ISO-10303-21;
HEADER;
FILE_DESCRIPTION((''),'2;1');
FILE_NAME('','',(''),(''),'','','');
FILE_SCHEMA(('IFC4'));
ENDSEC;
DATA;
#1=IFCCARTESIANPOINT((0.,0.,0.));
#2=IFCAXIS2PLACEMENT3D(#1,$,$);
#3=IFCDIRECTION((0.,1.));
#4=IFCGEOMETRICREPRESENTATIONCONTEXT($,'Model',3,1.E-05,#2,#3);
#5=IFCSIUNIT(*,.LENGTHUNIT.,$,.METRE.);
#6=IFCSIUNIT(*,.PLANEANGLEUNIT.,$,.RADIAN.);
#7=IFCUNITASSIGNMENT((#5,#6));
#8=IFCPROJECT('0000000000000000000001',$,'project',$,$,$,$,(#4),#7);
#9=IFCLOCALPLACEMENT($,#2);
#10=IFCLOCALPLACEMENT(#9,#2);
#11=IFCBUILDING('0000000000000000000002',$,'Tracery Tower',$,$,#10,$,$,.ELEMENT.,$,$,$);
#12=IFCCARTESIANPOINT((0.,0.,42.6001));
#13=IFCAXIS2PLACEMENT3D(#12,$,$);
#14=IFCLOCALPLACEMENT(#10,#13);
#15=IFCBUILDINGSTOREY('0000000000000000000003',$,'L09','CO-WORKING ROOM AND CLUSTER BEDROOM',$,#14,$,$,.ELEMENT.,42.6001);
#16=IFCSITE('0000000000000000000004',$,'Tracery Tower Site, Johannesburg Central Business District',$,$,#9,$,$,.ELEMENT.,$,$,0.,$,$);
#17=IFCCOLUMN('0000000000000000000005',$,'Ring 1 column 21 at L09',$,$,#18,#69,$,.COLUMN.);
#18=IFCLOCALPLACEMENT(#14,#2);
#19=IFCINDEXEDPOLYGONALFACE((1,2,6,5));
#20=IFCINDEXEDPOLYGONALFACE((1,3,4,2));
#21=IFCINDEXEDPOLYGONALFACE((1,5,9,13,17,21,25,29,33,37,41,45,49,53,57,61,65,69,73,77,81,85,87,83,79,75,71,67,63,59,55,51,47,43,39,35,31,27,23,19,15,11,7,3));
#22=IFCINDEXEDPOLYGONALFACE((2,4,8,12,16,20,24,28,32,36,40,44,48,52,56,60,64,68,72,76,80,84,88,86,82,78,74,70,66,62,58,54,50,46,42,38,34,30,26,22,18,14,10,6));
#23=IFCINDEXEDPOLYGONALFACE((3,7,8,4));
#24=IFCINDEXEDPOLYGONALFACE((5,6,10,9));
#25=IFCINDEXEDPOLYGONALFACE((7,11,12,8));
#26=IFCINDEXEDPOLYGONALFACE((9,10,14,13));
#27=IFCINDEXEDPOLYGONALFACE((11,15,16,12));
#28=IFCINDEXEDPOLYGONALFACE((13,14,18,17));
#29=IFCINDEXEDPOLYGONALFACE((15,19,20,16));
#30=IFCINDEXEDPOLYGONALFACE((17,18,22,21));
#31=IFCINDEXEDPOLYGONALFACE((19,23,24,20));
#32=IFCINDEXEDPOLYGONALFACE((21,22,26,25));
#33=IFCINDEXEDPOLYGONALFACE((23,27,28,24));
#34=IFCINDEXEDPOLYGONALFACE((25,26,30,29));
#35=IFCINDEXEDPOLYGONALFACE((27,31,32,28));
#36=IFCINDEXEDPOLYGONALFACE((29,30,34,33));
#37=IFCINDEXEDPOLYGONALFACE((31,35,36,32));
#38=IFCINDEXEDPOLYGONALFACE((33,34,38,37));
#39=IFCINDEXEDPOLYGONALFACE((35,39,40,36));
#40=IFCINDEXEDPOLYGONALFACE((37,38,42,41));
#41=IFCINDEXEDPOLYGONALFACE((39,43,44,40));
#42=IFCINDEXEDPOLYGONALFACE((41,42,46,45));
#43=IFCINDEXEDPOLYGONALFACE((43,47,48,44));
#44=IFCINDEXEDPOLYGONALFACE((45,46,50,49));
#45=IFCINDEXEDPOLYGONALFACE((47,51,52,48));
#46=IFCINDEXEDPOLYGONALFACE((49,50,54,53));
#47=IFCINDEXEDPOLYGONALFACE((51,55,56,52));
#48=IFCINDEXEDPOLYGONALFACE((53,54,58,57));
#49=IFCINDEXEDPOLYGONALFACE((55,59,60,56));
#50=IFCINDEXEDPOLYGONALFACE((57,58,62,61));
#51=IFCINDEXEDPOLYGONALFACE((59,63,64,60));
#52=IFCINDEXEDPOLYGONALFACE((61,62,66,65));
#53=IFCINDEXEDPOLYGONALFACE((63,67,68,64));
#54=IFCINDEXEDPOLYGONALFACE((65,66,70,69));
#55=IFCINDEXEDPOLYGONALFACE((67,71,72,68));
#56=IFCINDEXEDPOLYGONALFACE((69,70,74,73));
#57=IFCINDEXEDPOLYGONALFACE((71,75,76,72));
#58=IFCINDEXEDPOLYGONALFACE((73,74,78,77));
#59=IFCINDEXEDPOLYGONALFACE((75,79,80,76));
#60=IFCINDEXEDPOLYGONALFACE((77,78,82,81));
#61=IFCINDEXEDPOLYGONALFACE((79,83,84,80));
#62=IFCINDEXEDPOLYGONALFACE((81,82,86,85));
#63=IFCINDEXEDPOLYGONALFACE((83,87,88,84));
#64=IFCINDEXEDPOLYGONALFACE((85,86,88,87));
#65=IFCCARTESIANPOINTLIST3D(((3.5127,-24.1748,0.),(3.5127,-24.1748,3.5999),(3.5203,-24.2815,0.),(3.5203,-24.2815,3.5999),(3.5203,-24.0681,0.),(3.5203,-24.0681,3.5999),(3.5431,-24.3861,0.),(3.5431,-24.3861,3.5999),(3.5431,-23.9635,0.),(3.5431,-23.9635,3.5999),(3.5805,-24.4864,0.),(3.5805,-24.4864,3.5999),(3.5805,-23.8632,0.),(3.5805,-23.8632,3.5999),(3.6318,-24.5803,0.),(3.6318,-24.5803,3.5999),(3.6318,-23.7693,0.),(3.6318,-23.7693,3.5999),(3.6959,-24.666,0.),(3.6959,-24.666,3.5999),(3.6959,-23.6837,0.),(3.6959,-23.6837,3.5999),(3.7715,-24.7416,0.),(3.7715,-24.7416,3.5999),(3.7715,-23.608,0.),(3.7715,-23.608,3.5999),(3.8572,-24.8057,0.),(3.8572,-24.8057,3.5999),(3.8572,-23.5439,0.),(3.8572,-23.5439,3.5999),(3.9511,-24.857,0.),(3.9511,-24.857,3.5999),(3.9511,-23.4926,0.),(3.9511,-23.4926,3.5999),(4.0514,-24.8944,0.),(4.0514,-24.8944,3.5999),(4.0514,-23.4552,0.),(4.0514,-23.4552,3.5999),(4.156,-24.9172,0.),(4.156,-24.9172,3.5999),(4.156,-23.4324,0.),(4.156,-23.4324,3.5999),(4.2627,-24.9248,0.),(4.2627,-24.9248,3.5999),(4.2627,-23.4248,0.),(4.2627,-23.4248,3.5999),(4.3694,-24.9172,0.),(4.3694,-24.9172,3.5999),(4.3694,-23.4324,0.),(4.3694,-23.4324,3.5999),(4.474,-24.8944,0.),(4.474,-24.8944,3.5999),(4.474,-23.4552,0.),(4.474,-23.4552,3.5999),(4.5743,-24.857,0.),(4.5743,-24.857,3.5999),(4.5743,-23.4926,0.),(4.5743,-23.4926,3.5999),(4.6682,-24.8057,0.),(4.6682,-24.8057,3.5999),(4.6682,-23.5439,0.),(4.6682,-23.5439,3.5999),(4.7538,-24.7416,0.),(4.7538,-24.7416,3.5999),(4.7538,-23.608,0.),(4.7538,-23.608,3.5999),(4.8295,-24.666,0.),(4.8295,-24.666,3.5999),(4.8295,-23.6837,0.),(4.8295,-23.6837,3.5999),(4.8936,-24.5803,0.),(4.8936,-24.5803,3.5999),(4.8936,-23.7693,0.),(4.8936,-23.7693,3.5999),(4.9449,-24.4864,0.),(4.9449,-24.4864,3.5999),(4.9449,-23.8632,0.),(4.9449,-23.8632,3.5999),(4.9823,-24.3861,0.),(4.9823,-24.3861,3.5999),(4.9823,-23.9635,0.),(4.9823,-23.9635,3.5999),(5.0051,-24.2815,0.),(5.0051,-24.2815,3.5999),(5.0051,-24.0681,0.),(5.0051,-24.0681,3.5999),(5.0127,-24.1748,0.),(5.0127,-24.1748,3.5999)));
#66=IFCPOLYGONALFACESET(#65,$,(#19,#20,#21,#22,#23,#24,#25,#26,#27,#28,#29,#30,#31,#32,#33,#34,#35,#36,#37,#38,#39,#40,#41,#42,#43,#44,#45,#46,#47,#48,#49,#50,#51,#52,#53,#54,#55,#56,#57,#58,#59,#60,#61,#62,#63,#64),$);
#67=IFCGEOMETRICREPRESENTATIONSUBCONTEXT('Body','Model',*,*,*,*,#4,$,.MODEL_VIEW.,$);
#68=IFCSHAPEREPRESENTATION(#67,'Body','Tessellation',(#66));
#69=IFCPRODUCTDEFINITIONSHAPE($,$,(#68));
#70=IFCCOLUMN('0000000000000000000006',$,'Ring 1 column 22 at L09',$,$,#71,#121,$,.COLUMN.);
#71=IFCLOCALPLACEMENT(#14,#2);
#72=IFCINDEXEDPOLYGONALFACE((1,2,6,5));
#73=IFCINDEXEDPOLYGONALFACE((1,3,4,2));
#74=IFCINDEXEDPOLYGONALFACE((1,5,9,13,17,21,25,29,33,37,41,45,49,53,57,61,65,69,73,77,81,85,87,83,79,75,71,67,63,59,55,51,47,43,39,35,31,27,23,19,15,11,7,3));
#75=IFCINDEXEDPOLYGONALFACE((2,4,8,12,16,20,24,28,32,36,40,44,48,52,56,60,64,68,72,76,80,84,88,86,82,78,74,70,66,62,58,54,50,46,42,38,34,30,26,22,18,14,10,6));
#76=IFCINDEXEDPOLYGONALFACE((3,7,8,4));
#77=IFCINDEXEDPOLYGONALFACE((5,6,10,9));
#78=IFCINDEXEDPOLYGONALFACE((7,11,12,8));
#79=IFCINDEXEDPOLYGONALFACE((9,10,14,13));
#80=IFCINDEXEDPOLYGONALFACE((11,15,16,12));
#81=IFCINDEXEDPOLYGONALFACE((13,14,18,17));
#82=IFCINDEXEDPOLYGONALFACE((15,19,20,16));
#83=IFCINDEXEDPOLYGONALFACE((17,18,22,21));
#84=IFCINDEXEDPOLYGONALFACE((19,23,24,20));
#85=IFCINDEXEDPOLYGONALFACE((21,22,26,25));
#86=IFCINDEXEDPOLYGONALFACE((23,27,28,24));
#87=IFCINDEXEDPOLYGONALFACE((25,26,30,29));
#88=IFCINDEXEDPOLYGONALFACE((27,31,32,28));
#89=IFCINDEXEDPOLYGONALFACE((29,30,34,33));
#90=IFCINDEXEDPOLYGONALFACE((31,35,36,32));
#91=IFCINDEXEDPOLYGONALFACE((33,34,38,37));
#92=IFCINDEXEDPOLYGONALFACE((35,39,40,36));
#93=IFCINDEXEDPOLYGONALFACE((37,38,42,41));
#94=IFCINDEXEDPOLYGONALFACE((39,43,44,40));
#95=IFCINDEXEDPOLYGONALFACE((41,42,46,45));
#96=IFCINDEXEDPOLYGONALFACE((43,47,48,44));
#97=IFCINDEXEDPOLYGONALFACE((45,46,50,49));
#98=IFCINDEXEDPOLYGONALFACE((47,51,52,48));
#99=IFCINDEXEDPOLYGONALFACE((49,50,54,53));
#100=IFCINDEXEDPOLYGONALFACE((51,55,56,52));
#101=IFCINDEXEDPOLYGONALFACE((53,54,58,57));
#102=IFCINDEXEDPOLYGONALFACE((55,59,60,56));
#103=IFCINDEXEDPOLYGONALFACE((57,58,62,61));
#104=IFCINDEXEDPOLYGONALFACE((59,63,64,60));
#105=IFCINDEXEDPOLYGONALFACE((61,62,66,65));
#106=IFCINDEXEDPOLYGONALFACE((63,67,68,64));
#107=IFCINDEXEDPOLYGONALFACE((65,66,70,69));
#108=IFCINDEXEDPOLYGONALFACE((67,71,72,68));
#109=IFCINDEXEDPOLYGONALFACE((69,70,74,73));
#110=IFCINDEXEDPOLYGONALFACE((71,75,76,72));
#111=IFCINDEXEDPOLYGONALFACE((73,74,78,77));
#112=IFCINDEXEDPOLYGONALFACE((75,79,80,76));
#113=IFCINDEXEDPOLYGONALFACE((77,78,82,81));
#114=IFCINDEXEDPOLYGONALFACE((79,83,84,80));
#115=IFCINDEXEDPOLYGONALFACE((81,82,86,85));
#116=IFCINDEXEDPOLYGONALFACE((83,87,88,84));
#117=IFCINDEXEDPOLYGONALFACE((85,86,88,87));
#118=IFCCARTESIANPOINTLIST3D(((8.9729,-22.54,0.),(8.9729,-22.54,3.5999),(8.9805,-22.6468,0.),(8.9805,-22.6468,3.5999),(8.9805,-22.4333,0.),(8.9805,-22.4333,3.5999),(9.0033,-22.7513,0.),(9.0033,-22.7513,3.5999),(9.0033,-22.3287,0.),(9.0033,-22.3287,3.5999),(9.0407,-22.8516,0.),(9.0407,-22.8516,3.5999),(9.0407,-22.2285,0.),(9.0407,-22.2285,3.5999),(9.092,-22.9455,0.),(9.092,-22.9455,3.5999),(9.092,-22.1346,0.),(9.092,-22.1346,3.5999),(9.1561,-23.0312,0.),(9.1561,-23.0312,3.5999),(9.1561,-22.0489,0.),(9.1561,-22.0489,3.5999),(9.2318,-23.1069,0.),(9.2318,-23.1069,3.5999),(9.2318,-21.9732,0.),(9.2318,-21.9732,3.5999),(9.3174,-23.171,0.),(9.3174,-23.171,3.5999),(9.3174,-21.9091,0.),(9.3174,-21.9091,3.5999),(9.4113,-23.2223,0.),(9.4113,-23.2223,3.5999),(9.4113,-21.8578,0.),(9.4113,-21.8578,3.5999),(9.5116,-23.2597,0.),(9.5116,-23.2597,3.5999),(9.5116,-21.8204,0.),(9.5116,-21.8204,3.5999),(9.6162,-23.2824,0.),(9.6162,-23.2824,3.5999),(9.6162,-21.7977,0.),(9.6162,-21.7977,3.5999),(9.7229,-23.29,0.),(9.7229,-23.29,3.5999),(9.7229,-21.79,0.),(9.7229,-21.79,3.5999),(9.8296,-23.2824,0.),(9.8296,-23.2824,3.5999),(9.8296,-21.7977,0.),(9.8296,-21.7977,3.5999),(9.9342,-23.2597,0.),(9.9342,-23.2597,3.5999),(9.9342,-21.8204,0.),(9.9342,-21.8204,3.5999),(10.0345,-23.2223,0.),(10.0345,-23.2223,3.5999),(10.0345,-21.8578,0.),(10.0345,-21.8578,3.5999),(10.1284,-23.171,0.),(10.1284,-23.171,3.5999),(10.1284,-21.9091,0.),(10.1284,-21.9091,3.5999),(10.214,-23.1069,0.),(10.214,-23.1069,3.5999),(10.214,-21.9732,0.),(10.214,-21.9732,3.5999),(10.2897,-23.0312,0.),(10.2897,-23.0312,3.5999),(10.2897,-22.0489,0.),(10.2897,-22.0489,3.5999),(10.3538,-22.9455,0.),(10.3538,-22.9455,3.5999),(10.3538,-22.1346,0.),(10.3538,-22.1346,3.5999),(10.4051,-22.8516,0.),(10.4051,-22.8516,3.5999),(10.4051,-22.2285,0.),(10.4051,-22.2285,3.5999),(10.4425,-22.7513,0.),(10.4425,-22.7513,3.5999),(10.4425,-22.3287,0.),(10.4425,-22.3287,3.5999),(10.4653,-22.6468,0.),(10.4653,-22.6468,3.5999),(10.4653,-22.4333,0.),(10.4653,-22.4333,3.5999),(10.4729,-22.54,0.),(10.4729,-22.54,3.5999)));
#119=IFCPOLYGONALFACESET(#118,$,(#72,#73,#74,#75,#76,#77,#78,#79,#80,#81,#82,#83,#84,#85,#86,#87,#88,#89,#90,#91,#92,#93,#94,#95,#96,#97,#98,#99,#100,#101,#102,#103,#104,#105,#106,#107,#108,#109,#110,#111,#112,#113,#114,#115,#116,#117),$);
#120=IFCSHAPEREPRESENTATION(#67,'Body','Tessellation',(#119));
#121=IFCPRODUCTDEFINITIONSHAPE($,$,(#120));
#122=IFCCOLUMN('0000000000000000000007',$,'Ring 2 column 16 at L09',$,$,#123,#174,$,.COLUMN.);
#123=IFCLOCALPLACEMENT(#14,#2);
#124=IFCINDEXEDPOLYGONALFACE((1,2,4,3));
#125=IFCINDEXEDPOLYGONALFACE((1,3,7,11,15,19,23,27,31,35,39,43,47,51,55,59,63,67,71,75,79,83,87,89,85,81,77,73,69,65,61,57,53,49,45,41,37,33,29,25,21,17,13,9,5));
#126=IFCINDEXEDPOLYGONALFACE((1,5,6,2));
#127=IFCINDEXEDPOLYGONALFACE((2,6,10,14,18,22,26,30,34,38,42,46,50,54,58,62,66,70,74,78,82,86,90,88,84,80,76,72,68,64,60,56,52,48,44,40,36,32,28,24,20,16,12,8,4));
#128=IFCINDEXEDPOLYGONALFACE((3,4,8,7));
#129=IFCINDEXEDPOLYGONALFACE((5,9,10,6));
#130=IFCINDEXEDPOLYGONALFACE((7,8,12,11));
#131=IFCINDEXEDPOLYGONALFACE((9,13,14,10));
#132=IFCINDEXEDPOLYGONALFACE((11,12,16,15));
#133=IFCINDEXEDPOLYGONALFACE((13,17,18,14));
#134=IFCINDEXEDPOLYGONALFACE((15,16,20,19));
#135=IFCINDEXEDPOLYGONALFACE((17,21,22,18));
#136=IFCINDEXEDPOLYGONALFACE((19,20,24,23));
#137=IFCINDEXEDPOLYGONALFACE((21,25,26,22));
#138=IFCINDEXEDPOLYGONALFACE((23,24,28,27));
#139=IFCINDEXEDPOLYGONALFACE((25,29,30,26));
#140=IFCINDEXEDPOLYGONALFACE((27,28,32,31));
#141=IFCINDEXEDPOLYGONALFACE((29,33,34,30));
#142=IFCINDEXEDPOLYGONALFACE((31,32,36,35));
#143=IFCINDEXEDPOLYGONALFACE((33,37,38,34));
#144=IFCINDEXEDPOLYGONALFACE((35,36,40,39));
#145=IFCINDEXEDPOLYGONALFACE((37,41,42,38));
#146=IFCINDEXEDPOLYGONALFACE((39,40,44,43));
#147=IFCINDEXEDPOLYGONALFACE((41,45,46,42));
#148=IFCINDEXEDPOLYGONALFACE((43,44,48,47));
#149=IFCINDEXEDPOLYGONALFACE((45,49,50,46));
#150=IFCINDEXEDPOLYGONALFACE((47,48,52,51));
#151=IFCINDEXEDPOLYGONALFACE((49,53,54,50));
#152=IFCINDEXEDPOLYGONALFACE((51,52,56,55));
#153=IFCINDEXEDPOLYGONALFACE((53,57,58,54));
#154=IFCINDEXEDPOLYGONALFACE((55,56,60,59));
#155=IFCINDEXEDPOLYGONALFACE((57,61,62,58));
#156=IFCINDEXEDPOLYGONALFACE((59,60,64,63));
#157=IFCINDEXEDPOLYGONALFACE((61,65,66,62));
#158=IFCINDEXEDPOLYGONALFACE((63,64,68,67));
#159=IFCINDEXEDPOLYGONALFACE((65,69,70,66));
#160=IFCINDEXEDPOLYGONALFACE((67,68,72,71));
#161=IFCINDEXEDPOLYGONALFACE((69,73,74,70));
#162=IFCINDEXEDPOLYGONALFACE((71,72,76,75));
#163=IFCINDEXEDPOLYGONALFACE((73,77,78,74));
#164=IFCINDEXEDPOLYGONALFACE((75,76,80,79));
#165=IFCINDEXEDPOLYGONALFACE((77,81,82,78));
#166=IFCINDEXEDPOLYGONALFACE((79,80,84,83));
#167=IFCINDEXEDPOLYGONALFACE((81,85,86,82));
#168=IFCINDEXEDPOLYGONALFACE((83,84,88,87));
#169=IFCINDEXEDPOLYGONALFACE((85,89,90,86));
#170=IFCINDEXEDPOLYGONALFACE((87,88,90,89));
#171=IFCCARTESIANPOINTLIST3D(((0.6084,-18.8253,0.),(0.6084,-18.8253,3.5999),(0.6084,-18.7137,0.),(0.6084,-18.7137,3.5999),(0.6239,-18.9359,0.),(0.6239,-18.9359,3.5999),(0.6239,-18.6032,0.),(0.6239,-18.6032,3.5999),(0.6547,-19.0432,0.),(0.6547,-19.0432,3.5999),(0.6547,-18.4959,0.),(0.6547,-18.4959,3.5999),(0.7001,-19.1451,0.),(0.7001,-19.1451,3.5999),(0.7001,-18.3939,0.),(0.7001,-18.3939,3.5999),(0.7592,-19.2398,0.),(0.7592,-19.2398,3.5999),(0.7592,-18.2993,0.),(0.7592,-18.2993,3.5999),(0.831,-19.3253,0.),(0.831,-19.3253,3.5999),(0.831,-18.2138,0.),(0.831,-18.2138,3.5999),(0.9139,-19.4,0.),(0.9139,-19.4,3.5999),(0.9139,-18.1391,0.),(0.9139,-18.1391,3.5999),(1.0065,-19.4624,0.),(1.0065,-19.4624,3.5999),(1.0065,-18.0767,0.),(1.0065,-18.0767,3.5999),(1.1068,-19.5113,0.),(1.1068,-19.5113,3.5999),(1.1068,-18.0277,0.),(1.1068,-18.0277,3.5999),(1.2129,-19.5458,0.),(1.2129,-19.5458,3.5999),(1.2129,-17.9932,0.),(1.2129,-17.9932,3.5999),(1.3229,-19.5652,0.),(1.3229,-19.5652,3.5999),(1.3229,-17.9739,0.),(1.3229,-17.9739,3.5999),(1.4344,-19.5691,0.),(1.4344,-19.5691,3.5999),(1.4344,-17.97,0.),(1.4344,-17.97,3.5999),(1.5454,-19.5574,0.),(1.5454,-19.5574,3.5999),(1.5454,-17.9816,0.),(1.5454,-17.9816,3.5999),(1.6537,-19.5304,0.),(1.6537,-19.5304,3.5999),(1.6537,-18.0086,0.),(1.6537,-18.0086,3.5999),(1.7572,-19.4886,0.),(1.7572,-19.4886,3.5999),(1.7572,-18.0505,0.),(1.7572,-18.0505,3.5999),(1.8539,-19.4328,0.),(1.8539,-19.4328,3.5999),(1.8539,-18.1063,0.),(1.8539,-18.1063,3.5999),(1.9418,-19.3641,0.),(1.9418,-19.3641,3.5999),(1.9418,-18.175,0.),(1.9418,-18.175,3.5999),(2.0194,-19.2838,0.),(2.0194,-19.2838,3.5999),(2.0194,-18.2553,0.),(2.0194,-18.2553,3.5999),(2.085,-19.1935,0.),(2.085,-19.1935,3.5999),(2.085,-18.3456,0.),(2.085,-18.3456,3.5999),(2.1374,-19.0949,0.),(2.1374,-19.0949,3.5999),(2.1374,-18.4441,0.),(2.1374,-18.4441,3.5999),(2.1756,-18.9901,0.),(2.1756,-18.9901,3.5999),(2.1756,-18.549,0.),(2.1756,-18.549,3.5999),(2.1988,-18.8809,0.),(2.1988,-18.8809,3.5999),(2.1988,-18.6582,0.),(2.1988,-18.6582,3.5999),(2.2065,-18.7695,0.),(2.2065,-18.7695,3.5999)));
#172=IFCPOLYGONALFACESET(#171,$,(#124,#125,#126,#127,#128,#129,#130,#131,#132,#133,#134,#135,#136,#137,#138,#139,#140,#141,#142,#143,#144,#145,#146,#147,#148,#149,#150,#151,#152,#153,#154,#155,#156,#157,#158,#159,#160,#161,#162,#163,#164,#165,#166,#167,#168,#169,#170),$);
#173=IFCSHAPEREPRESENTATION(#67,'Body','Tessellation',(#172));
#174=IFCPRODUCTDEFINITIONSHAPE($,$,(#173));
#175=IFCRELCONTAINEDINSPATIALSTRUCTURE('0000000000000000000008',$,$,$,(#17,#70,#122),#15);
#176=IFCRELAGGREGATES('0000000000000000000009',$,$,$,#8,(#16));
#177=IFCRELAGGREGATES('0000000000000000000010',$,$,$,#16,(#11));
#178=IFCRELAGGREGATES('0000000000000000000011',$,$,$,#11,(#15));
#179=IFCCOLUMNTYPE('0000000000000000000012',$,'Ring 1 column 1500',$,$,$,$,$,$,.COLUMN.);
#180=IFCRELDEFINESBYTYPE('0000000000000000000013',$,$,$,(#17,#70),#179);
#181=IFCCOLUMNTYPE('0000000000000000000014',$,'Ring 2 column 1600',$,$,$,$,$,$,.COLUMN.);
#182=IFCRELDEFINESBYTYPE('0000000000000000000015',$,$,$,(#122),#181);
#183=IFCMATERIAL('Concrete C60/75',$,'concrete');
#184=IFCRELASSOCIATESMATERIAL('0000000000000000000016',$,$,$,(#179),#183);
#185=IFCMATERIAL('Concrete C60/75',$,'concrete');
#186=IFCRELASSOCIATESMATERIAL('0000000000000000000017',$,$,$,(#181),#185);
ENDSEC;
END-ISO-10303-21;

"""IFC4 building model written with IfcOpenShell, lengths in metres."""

from ifc_helpers import new_model, si_unit, direction, frame, origin, origin_2d, place, context, subcontext, project, spatial, circle, extrude, material, material_profile, profile_set, type_object, element, save


model = new_model("IFC4")

# Units and contexts
model_context = context("Model", 3, precision=1e-05, world=origin(), true_north=direction((0.0, 1.0)))
body_context = subcontext(model_context, "Body", "Model", "MODEL_VIEW")
ifc_project = project(units=[si_unit("LENGTHUNIT", "METRE"), si_unit("PLANEANGLEUNIT", "RADIAN")], contexts=[model_context])

# Site, building, storey
site_placement = place(None, origin())
site = spatial("IfcSite", under=ifc_project, at=site_placement, Name="Tracery Tower Site, Johannesburg Central Business District", CompositionType="ELEMENT", RefElevation=0.0)
building_placement = place(site_placement, origin())
building = spatial("IfcBuilding", under=site, at=building_placement, Name="Tracery Tower", CompositionType="ELEMENT")
storey_placement = place(building_placement, frame((0.0, 0.0, 42.6001)))
storey = spatial("IfcBuildingStorey", under=building, at=storey_placement, Name="L09", Description="CO-WORKING ROOM AND CLUSTER BEDROOM", CompositionType="ELEMENT", Elevation=42.6001)

# Columns
ifc_material_1 = material(Name="Concrete C60/75", Category="concrete")
ifc_material_profile_1 = material_profile(ifc_material_1, circle(Radius=0.75, at=origin_2d()), Name="RC D1500")
ifc_profile_set_1 = profile_set([ifc_material_profile_1], Name="Concrete C60/75")
column_type_1 = type_object("IfcColumnType", Name="Ring 1 column 1500", PredefinedType="COLUMN", material=ifc_profile_set_1)
for number, where, z_axis, x_axis, name in (
    (1, (4.2627, -24.1748, 0.0), (0.0, 0.0, 1.0), (1.0, 0.0, 0.0), "Ring 1 column 21 at L09"),
    (2, (9.7229, -22.54, 0.0), (0.0, 0.0, 1.0), (1.0, 0.0, 0.0), "Ring 1 column 22 at L09"),
):
    element("IfcColumn", number, at=place(storey_placement, frame(where, z_axis=z_axis, x_axis=x_axis)), inside=storey, type_object=column_type_1, Name=name, PredefinedType="COLUMN", context=body_context, shape_type="SweptSolid", body=[
        extrude(circle(Radius=0.75, at=origin_2d()), origin(), (0.0, 0.0, 1.0), 3.5999),
    ])
ifc_material_2 = material(Name="Concrete C60/75", Category="concrete")
ifc_material_profile_2 = material_profile(ifc_material_2, circle(Radius=0.8, at=origin_2d()), Name="RC D1600")
ifc_profile_set_2 = profile_set([ifc_material_profile_2], Name="Concrete C60/75")
column_type_2 = type_object("IfcColumnType", Name="Ring 2 column 1600", PredefinedType="COLUMN", material=ifc_profile_set_2)
for number, where, z_axis, x_axis, name in (
    (3, (1.4065, -18.7695, 0.0), (0.0, 0.0, 1.0), (1.0, 0.0, 0.0), "Ring 2 column 16 at L09"),
):
    element("IfcColumn", number, at=place(storey_placement, frame(where, z_axis=z_axis, x_axis=x_axis)), inside=storey, type_object=column_type_2, Name=name, PredefinedType="COLUMN", context=body_context, shape_type="SweptSolid", body=[
        extrude(circle(Radius=0.8, at=origin_2d()), origin(), (0.0, 0.0, 1.0), 3.5999),
    ])

save(model, "model.ifc")
